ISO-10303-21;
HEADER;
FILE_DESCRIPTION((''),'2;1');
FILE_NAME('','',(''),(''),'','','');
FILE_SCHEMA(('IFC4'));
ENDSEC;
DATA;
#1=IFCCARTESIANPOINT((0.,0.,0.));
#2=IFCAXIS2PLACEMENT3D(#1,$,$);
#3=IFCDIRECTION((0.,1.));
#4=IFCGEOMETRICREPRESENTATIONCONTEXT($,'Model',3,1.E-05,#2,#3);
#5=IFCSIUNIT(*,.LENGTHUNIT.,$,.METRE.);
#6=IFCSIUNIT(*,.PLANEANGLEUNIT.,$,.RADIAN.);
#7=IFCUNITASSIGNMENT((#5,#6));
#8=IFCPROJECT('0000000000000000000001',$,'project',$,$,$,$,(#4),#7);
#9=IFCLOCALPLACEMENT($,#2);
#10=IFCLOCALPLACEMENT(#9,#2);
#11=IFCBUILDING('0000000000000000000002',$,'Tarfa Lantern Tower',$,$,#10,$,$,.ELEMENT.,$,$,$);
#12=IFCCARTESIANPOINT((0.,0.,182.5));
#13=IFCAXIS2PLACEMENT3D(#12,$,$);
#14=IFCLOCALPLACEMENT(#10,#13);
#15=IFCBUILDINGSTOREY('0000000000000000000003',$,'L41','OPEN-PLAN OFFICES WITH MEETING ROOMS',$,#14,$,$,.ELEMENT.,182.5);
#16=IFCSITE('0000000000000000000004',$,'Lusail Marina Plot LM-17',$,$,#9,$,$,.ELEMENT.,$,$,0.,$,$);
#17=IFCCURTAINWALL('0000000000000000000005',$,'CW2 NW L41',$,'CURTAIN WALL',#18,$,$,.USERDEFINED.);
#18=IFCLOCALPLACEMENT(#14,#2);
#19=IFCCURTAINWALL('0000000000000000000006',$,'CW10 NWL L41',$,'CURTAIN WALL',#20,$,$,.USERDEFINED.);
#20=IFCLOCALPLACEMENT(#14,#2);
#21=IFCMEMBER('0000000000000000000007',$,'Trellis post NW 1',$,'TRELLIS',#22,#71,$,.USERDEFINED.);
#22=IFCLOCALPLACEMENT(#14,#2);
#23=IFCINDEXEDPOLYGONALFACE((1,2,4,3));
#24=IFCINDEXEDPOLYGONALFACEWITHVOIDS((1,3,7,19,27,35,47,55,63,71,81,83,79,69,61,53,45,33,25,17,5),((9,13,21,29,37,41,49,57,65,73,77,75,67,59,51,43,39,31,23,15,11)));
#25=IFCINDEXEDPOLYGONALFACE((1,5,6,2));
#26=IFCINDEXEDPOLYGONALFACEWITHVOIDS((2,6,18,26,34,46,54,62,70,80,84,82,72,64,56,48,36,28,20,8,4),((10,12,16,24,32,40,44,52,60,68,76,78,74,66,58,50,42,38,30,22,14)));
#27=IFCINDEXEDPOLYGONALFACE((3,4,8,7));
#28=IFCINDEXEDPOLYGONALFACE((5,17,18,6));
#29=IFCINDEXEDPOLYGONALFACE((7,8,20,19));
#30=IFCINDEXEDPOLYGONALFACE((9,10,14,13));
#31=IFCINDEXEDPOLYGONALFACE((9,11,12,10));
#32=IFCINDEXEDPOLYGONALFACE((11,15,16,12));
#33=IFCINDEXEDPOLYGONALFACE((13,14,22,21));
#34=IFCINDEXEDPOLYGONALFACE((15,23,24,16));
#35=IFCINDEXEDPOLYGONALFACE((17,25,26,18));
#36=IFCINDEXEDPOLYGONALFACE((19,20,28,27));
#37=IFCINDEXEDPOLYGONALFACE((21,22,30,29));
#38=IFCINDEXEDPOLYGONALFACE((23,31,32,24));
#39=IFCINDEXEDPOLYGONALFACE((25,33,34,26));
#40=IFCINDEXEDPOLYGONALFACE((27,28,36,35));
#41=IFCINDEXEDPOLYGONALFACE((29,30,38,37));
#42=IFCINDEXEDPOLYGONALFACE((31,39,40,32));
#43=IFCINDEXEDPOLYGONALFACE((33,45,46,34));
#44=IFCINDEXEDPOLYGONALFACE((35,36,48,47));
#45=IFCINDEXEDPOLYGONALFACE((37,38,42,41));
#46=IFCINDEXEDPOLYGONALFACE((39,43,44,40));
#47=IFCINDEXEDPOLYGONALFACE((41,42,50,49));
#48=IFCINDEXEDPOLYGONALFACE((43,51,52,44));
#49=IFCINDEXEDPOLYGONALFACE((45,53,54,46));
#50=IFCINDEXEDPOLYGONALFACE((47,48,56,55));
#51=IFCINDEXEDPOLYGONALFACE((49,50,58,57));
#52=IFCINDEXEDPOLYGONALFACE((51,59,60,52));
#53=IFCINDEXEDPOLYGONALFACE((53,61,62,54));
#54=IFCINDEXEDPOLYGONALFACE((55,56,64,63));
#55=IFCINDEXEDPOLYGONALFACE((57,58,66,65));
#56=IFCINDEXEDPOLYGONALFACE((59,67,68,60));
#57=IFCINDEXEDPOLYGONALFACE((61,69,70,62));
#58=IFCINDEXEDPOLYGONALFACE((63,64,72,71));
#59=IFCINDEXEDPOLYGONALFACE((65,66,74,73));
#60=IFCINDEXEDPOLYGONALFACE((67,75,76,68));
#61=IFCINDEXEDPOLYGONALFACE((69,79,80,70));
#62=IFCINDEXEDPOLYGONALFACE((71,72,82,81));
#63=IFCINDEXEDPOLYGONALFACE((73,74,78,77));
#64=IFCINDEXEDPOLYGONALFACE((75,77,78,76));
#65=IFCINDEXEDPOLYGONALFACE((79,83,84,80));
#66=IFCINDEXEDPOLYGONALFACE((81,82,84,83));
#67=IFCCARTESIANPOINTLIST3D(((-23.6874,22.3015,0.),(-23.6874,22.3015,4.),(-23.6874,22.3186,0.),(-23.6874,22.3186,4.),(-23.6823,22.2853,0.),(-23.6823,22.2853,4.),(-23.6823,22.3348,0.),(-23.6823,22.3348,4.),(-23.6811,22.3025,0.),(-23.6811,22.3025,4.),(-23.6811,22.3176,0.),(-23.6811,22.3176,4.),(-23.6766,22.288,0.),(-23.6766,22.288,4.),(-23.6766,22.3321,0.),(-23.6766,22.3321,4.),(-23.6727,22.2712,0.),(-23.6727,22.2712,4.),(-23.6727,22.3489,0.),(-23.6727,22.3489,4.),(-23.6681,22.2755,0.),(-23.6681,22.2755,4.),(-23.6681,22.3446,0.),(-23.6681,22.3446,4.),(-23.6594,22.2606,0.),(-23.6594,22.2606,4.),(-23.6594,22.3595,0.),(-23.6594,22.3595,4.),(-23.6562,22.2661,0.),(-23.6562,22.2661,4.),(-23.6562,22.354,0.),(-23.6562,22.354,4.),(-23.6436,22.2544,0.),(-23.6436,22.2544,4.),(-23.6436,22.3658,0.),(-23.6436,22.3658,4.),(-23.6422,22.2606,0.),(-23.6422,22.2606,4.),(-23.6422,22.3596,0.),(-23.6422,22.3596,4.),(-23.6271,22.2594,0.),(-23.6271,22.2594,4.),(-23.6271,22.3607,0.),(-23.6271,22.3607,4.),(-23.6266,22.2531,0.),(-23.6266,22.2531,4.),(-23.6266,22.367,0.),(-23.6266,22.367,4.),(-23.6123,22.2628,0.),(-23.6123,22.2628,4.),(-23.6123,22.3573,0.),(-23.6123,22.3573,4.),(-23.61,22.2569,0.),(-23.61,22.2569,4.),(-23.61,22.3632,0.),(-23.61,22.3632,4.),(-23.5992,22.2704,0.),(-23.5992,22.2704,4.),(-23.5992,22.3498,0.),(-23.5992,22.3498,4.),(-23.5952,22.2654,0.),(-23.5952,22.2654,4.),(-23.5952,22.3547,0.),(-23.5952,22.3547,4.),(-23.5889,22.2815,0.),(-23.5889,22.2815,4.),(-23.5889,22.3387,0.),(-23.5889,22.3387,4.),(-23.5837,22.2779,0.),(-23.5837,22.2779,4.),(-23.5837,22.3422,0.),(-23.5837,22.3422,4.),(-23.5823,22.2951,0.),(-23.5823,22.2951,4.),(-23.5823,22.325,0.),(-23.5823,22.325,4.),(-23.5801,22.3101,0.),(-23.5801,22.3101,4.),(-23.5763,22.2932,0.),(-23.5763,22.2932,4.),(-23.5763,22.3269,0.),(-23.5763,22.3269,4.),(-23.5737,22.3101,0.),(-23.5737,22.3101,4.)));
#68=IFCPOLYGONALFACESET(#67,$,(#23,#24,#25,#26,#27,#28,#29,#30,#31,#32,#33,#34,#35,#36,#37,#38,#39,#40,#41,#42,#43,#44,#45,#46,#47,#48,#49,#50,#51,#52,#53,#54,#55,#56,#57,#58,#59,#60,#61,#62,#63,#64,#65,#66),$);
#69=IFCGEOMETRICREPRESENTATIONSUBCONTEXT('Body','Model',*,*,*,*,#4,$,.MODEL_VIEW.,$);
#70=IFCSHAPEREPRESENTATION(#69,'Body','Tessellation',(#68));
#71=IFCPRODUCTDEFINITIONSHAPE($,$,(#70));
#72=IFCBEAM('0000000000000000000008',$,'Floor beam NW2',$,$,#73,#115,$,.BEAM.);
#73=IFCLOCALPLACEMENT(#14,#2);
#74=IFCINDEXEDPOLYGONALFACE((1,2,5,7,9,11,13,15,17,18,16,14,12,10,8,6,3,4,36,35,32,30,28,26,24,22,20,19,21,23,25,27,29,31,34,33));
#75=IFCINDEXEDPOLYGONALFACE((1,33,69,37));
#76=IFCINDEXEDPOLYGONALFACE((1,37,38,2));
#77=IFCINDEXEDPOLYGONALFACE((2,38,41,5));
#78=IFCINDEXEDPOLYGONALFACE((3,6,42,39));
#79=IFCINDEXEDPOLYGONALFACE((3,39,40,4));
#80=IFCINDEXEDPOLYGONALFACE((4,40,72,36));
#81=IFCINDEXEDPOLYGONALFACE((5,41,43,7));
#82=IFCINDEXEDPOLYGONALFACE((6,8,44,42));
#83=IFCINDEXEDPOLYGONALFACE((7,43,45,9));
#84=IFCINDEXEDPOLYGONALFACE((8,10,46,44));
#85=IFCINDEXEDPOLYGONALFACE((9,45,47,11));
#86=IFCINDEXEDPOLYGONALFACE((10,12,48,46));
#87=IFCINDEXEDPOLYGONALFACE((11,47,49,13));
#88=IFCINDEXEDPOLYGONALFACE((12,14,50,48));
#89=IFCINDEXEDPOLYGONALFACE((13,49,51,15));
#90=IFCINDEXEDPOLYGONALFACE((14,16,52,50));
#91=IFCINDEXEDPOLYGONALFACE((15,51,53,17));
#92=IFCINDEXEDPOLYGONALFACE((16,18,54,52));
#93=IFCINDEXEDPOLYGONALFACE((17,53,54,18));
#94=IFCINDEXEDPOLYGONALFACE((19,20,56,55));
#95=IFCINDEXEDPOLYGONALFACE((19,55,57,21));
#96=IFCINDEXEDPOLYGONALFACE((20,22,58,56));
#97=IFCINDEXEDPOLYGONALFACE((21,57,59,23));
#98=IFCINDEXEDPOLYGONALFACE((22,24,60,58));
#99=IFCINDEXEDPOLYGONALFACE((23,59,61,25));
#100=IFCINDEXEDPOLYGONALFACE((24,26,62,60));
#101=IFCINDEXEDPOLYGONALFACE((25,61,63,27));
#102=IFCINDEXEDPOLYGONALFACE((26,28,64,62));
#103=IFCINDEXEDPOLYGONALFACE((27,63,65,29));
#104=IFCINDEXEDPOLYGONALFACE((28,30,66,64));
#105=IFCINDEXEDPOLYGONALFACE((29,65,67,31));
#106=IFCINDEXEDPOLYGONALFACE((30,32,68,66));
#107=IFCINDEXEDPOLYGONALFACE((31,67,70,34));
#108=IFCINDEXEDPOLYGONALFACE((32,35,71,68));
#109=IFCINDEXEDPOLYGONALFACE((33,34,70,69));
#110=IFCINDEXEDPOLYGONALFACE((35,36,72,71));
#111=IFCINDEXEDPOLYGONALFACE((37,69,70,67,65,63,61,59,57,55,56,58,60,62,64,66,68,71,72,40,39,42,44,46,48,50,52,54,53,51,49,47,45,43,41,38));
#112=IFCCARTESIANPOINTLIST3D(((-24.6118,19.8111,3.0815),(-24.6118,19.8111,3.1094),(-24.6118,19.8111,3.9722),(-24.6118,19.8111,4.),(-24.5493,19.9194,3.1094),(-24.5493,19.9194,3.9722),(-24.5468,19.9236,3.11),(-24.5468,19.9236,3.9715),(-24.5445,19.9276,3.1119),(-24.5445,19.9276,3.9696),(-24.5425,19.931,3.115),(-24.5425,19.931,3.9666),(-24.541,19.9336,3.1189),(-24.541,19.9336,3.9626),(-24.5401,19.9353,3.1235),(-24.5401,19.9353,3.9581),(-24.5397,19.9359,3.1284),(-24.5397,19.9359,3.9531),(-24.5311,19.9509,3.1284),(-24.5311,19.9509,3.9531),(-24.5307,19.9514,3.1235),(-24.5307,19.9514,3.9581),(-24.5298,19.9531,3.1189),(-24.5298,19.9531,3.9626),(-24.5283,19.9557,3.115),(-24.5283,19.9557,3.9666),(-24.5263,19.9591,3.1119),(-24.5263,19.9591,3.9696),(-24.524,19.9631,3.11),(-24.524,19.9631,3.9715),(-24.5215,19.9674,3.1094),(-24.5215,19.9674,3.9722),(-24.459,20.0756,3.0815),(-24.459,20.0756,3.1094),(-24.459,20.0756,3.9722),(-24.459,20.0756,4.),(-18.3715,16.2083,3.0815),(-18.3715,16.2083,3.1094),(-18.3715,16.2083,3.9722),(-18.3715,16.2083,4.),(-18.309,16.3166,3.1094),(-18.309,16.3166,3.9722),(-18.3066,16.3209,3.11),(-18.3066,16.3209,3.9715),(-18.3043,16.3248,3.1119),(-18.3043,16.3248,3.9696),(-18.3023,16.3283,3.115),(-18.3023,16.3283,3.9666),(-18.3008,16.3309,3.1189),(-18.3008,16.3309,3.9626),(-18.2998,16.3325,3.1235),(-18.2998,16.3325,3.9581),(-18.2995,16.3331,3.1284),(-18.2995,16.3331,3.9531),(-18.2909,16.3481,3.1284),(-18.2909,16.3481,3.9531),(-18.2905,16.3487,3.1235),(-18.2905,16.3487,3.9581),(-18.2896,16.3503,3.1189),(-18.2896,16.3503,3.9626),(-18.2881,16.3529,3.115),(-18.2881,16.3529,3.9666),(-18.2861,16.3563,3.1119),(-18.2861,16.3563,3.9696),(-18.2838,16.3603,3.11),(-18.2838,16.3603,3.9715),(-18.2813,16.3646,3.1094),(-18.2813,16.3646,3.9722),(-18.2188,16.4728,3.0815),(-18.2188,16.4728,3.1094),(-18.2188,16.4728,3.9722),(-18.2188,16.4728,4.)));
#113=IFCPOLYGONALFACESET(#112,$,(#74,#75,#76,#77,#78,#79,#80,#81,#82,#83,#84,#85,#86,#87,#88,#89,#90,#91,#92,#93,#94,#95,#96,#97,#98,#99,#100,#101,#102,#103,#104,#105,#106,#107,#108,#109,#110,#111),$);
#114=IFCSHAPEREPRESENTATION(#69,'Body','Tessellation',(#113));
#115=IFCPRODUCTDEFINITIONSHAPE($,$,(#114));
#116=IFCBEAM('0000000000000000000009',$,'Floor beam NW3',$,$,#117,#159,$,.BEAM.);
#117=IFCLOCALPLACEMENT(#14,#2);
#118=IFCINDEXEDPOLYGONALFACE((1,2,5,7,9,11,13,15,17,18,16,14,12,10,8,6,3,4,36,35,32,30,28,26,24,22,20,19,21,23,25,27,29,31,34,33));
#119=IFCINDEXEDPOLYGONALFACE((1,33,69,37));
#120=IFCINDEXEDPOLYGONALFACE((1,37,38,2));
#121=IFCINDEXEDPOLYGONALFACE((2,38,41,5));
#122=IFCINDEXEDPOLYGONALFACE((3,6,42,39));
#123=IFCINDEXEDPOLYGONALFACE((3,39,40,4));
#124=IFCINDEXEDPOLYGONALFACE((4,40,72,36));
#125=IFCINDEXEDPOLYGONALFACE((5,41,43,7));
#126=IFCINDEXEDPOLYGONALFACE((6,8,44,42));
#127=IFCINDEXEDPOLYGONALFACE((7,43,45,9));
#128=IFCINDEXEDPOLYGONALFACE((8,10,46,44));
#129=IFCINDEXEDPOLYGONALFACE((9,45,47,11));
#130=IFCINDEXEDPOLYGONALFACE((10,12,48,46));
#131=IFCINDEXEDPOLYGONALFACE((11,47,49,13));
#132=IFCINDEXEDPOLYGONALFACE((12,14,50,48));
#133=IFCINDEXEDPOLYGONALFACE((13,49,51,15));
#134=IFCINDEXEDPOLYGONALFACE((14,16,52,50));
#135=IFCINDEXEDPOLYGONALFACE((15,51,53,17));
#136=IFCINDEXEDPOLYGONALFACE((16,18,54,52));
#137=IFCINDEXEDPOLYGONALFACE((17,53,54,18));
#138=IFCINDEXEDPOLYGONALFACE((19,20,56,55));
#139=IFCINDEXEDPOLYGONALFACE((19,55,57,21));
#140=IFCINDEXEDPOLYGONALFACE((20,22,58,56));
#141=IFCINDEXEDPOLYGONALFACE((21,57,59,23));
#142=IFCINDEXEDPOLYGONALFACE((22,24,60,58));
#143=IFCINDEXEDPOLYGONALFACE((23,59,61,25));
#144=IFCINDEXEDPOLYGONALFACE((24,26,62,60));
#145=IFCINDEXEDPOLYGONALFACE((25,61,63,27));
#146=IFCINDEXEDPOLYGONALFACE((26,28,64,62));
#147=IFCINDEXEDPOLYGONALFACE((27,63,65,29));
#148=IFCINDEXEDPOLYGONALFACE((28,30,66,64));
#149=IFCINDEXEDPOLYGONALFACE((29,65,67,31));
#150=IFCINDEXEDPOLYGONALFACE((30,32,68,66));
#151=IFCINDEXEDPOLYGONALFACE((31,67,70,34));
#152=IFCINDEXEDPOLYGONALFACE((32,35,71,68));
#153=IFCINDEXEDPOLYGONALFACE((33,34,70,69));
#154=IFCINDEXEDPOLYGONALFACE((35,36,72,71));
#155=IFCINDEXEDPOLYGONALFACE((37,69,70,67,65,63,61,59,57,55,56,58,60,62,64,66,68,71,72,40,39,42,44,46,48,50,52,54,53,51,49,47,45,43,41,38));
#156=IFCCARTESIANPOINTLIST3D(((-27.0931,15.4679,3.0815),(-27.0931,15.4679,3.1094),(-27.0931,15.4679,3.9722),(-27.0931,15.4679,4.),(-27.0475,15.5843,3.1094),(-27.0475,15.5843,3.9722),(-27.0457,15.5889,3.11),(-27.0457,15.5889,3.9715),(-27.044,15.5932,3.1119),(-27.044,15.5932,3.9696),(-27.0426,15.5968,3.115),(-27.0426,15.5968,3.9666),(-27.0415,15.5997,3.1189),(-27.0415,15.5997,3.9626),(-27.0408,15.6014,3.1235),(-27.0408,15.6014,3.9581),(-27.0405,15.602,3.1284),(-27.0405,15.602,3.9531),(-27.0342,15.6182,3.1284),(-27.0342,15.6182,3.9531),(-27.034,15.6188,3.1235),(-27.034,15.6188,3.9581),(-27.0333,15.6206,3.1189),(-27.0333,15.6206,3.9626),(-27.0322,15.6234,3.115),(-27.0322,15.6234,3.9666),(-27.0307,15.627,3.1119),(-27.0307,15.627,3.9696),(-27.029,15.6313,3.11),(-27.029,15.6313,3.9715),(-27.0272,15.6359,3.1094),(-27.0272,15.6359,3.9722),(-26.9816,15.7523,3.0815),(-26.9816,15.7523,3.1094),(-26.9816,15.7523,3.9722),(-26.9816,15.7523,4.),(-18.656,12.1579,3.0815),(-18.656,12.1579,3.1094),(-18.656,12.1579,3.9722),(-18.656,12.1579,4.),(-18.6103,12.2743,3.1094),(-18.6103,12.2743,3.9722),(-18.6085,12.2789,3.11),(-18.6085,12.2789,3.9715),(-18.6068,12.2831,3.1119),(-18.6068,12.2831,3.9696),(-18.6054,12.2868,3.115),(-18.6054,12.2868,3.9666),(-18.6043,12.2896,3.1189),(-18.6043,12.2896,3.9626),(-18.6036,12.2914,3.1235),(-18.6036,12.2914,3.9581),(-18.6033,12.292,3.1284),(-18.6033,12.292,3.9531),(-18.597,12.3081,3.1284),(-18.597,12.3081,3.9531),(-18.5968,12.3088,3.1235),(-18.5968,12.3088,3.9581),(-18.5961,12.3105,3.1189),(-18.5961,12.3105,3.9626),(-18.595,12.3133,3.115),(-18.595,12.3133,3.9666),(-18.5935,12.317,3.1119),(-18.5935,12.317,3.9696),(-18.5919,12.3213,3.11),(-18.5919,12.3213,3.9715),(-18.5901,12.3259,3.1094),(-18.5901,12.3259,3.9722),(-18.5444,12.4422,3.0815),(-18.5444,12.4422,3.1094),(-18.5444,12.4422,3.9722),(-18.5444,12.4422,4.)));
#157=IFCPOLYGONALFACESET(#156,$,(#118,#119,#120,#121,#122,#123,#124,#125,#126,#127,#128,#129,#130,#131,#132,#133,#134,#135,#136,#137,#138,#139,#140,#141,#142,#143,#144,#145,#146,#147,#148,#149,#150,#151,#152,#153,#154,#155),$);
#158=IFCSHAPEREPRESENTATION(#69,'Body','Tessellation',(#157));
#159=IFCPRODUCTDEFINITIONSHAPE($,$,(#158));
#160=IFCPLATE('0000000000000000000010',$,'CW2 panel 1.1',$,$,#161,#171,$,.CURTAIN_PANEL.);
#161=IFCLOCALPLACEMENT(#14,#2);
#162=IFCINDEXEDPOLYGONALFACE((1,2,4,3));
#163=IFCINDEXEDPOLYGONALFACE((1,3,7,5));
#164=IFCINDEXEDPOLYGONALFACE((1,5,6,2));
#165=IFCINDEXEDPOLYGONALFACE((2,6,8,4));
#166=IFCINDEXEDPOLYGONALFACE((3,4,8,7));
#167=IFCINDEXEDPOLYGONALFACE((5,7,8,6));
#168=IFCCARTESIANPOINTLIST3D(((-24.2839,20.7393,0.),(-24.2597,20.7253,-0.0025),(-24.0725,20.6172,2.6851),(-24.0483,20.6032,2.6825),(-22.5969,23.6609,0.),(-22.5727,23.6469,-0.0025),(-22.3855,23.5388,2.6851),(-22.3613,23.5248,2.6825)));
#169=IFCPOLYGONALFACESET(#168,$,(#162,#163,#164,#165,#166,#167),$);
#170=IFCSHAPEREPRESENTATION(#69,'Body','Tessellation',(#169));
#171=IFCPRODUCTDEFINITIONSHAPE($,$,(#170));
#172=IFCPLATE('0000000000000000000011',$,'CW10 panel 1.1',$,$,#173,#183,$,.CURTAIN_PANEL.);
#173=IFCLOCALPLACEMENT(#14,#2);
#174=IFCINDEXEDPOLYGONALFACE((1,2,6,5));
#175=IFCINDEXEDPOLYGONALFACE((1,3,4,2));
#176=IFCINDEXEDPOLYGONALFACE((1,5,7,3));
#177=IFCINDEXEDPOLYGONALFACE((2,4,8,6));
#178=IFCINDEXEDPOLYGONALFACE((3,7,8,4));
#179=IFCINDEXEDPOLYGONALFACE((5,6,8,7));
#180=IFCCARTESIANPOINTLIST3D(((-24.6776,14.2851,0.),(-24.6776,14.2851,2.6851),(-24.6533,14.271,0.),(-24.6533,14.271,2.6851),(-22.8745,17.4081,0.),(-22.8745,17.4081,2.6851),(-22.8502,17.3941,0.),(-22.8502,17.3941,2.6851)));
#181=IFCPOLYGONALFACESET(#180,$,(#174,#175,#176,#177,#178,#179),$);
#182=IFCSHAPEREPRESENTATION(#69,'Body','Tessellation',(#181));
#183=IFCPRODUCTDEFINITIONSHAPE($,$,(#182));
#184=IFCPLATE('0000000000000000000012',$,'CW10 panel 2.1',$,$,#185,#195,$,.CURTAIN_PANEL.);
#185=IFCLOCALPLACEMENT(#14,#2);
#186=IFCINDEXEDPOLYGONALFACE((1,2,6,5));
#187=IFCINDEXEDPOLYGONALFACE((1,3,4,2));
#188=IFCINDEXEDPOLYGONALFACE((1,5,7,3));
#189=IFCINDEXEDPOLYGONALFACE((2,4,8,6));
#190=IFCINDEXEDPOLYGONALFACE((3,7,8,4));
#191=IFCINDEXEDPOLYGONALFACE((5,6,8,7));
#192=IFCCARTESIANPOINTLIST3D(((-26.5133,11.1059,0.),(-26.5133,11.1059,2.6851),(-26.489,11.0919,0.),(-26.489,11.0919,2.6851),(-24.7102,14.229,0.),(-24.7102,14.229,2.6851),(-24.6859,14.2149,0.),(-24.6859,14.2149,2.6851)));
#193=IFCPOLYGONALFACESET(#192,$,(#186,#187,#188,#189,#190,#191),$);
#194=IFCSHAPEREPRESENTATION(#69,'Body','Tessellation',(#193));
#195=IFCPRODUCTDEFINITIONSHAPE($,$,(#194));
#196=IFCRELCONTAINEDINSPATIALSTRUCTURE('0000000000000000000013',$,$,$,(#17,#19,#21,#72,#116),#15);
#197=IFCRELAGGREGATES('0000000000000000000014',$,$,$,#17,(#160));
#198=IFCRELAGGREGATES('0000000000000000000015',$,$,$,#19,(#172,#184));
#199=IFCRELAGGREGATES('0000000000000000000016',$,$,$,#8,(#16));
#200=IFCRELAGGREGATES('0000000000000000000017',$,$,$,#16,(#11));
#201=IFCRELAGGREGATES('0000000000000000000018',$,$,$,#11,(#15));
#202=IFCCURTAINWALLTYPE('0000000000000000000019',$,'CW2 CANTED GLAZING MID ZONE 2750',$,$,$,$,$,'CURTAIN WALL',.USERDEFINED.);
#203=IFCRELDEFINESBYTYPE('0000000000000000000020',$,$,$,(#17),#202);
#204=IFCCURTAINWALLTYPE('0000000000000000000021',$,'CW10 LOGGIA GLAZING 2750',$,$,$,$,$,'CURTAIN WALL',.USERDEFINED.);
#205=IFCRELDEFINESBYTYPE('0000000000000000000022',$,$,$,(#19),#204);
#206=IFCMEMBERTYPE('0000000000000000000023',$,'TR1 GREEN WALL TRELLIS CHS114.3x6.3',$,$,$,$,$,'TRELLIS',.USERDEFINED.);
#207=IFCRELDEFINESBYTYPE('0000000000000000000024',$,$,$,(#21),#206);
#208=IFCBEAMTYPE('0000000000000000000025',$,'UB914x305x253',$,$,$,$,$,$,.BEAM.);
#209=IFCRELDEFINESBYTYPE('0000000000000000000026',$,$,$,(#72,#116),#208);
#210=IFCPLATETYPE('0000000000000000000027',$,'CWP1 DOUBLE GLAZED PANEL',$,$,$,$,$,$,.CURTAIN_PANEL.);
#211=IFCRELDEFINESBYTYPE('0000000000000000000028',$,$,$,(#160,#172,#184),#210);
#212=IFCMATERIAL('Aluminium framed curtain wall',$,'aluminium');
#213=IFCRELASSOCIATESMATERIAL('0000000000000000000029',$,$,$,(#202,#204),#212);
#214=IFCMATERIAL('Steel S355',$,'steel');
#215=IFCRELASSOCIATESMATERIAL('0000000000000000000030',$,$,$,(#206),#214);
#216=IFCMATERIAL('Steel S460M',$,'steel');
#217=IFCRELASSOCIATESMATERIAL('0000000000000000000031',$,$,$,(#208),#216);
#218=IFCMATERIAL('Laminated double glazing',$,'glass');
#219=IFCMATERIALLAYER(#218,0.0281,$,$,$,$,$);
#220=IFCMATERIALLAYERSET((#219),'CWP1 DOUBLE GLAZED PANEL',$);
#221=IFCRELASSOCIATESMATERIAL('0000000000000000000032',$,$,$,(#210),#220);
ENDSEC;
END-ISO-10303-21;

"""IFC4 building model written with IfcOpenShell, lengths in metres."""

from ifc_helpers import new_model, si_unit, direction, frame, origin, origin_2d, place, context, subcontext, project, spatial, polyline, rectangle, hollow_circle, i_section, outline, extrude, material, layer, layer_set, material_profile, profile_set, type_object, element, aggregate, save


model = new_model("IFC4")

# Units and contexts
model_context = context("Model", 3, precision=1e-05, world=origin(), true_north=direction((0.0, 1.0)))
body_context = subcontext(model_context, "Body", "Model", "MODEL_VIEW")
ifc_project = project(units=[si_unit("LENGTHUNIT", "METRE"), si_unit("PLANEANGLEUNIT", "RADIAN")], contexts=[model_context])

# Site, building, storey
site_placement = place(None, origin())
site = spatial("IfcSite", under=ifc_project, at=site_placement, Name="Lusail Marina Plot LM-17", CompositionType="ELEMENT", RefElevation=0.0)
building_placement = place(site_placement, origin())
building = spatial("IfcBuilding", under=site, at=building_placement, Name="Tarfa Lantern Tower", CompositionType="ELEMENT")
storey_placement = place(building_placement, frame((0.0, 0.0, 182.5)))
storey = spatial("IfcBuildingStorey", under=building, at=storey_placement, Name="L41", Description="OPEN-PLAN OFFICES WITH MEETING ROOMS", CompositionType="ELEMENT", Elevation=182.5)

# Curtain walls
ifc_material_1 = material(Name="Aluminium framed curtain wall", Category="aluminium")
curtain_wall_type_1 = type_object("IfcCurtainWallType", Name="CW2 CANTED GLAZING MID ZONE 2750", ElementType="CURTAIN WALL", PredefinedType="USERDEFINED", material=ifc_material_1)
curtain_wall_1_placement = place(storey_placement, origin())
curtain_wall_1 = element("IfcCurtainWall", 1, at=curtain_wall_1_placement, inside=storey, type_object=curtain_wall_type_1, Name="CW2 NW L41", ObjectType="CURTAIN WALL", PredefinedType="USERDEFINED")
curtain_wall_type_2 = type_object("IfcCurtainWallType", Name="CW10 LOGGIA GLAZING 2750", ElementType="CURTAIN WALL", PredefinedType="USERDEFINED", material=ifc_material_1)
curtain_wall_2_placement = place(storey_placement, origin())
curtain_wall_2 = element("IfcCurtainWall", 2, at=curtain_wall_2_placement, inside=storey, type_object=curtain_wall_type_2, Name="CW10 NWL L41", ObjectType="CURTAIN WALL", PredefinedType="USERDEFINED")

# Member
ifc_material_2 = material(Name="Steel S355", Category="steel")
ifc_material_profile_1 = material_profile(ifc_material_2, hollow_circle(Radius=0.0571, WallThickness=0.0063, at=origin_2d()), Name="CHS114.3x6.3")
ifc_profile_set_1 = profile_set([ifc_material_profile_1], Name="Steel S355")
member_type_1 = type_object("IfcMemberType", Name="TR1 GREEN WALL TRELLIS CHS114.3x6.3", ElementType="TRELLIS", PredefinedType="USERDEFINED", material=ifc_profile_set_1)
member_1_placement = place(storey_placement, frame((-23.6309, 22.3101, 0.0), z_axis=(0.0, 0.0, 1.0), x_axis=(1.0, 0.0, 0.0)))
element("IfcMember", 3, at=member_1_placement, inside=storey, type_object=member_type_1, Name="Trellis post NW 1", ObjectType="TRELLIS", PredefinedType="USERDEFINED", context=body_context, shape_type="SweptSolid", body=[
    extrude(hollow_circle(Radius=0.0571, WallThickness=0.0063, at=origin_2d()), origin(), (0.0, 0.0, 1.0), 4.0),
])

# Beams
ifc_material_3 = material(Name="Steel S460M", Category="steel")
ifc_material_profile_2 = material_profile(ifc_material_3, i_section(OverallWidth=0.3054, OverallDepth=0.9185, WebThickness=0.0173, FlangeThickness=0.0278, FilletRadius=0.019, at=origin_2d()), Name="UB914x305x253")
ifc_profile_set_2 = profile_set([ifc_material_profile_2], Name="Steel S460M")
beam_type_1 = type_object("IfcBeamType", Name="UB914x305x253", PredefinedType="BEAM", material=ifc_profile_set_2)
beam_1_placement = place(storey_placement, frame((-24.5354, 19.9434, 3.5408), z_axis=(0.866026, -0.499998, 0.0), x_axis=(0.499998, 0.866026, 0.0)))
element("IfcBeam", 4, at=beam_1_placement, inside=storey, type_object=beam_type_1, Name="Floor beam NW2", PredefinedType="BEAM", context=body_context, shape_type="SweptSolid", body=[
    extrude(i_section(OverallWidth=0.3054, OverallDepth=0.9185, WebThickness=0.0173, FlangeThickness=0.0278, FilletRadius=0.019, at=origin_2d()), origin(), (0.0, 0.0, 1.0), 7.2056),
])
beam_2_placement = place(storey_placement, frame((-27.0374, 15.6101, 3.5408), z_axis=(0.930923, -0.365215, 0.0), x_axis=(0.365215, 0.930923, 0.0)))
element("IfcBeam", 5, at=beam_2_placement, inside=storey, type_object=beam_type_1, Name="Floor beam NW3", PredefinedType="BEAM", context=body_context, shape_type="SweptSolid", body=[
    extrude(i_section(OverallWidth=0.3054, OverallDepth=0.9185, WebThickness=0.0173, FlangeThickness=0.0278, FilletRadius=0.019, at=origin_2d()), origin(), (0.0, 0.0, 1.0), 9.0632),
])

# Plates
ifc_material_4 = material(Name="Laminated double glazing", Category="glass")
ifc_layer_1 = layer(ifc_material_4, 0.0281)
ifc_layer_set_1 = layer_set([ifc_layer_1], Name="CWP1 DOUBLE GLAZED PANEL")
plate_type_1 = type_object("IfcPlateType", Name="CWP1 DOUBLE GLAZED PANEL", PredefinedType="CURTAIN_PANEL", material=ifc_layer_set_1)
plate_1_placement = place(storey_placement, frame((-22.5969, 23.6609, 0.0), z_axis=(-0.862441, 0.497992, 0.09055), x_axis=(-0.500046, -0.865999, 0.0)))
plate_1 = element("IfcPlate", 6, at=plate_1_placement, type_object=plate_type_1, Name="CW2 panel 1.1", PredefinedType="CURTAIN_PANEL", context=body_context, shape_type="SweptSolid", body=[
    extrude(outline(polyline([(0.0, 0.0), (3.3737, 0.0), (3.3737, 2.6961), (0.0, 2.6961), (0.0, 0.0)])), origin(), (0.0, 0.0, -1.0), 0.0281),
])
aggregate(curtain_wall_1, [plate_1])
plate_2_placement = place(storey_placement, frame((-23.7639, 15.8396, 0.0), z_axis=(0.0, 0.0, 1.0), x_axis=(-0.5, -0.866025, 0.0)))
plate_2 = element("IfcPlate", 7, at=plate_2_placement, type_object=plate_type_1, Name="CW10 panel 1.1", PredefinedType="CURTAIN_PANEL", context=body_context, shape_type="SweptSolid", body=[
    extrude(rectangle(XDim=3.6062, YDim=0.0281, at=origin_2d()), origin(), (0.0, 0.0, 1.0), 2.6851),
])
plate_3_placement = place(storey_placement, frame((-25.5996, 12.6604, 0.0), z_axis=(0.0, 0.0, 1.0), x_axis=(-0.5, -0.866025, 0.0)))
plate_3 = element("IfcPlate", 8, at=plate_3_placement, type_object=plate_type_1, Name="CW10 panel 2.1", PredefinedType="CURTAIN_PANEL", context=body_context, shape_type="SweptSolid", body=[
    extrude(rectangle(XDim=3.6062, YDim=0.0281, at=origin_2d()), origin(), (0.0, 0.0, 1.0), 2.6851),
])
aggregate(curtain_wall_2, [plate_2, plate_3])

save(model, "model.ifc")
